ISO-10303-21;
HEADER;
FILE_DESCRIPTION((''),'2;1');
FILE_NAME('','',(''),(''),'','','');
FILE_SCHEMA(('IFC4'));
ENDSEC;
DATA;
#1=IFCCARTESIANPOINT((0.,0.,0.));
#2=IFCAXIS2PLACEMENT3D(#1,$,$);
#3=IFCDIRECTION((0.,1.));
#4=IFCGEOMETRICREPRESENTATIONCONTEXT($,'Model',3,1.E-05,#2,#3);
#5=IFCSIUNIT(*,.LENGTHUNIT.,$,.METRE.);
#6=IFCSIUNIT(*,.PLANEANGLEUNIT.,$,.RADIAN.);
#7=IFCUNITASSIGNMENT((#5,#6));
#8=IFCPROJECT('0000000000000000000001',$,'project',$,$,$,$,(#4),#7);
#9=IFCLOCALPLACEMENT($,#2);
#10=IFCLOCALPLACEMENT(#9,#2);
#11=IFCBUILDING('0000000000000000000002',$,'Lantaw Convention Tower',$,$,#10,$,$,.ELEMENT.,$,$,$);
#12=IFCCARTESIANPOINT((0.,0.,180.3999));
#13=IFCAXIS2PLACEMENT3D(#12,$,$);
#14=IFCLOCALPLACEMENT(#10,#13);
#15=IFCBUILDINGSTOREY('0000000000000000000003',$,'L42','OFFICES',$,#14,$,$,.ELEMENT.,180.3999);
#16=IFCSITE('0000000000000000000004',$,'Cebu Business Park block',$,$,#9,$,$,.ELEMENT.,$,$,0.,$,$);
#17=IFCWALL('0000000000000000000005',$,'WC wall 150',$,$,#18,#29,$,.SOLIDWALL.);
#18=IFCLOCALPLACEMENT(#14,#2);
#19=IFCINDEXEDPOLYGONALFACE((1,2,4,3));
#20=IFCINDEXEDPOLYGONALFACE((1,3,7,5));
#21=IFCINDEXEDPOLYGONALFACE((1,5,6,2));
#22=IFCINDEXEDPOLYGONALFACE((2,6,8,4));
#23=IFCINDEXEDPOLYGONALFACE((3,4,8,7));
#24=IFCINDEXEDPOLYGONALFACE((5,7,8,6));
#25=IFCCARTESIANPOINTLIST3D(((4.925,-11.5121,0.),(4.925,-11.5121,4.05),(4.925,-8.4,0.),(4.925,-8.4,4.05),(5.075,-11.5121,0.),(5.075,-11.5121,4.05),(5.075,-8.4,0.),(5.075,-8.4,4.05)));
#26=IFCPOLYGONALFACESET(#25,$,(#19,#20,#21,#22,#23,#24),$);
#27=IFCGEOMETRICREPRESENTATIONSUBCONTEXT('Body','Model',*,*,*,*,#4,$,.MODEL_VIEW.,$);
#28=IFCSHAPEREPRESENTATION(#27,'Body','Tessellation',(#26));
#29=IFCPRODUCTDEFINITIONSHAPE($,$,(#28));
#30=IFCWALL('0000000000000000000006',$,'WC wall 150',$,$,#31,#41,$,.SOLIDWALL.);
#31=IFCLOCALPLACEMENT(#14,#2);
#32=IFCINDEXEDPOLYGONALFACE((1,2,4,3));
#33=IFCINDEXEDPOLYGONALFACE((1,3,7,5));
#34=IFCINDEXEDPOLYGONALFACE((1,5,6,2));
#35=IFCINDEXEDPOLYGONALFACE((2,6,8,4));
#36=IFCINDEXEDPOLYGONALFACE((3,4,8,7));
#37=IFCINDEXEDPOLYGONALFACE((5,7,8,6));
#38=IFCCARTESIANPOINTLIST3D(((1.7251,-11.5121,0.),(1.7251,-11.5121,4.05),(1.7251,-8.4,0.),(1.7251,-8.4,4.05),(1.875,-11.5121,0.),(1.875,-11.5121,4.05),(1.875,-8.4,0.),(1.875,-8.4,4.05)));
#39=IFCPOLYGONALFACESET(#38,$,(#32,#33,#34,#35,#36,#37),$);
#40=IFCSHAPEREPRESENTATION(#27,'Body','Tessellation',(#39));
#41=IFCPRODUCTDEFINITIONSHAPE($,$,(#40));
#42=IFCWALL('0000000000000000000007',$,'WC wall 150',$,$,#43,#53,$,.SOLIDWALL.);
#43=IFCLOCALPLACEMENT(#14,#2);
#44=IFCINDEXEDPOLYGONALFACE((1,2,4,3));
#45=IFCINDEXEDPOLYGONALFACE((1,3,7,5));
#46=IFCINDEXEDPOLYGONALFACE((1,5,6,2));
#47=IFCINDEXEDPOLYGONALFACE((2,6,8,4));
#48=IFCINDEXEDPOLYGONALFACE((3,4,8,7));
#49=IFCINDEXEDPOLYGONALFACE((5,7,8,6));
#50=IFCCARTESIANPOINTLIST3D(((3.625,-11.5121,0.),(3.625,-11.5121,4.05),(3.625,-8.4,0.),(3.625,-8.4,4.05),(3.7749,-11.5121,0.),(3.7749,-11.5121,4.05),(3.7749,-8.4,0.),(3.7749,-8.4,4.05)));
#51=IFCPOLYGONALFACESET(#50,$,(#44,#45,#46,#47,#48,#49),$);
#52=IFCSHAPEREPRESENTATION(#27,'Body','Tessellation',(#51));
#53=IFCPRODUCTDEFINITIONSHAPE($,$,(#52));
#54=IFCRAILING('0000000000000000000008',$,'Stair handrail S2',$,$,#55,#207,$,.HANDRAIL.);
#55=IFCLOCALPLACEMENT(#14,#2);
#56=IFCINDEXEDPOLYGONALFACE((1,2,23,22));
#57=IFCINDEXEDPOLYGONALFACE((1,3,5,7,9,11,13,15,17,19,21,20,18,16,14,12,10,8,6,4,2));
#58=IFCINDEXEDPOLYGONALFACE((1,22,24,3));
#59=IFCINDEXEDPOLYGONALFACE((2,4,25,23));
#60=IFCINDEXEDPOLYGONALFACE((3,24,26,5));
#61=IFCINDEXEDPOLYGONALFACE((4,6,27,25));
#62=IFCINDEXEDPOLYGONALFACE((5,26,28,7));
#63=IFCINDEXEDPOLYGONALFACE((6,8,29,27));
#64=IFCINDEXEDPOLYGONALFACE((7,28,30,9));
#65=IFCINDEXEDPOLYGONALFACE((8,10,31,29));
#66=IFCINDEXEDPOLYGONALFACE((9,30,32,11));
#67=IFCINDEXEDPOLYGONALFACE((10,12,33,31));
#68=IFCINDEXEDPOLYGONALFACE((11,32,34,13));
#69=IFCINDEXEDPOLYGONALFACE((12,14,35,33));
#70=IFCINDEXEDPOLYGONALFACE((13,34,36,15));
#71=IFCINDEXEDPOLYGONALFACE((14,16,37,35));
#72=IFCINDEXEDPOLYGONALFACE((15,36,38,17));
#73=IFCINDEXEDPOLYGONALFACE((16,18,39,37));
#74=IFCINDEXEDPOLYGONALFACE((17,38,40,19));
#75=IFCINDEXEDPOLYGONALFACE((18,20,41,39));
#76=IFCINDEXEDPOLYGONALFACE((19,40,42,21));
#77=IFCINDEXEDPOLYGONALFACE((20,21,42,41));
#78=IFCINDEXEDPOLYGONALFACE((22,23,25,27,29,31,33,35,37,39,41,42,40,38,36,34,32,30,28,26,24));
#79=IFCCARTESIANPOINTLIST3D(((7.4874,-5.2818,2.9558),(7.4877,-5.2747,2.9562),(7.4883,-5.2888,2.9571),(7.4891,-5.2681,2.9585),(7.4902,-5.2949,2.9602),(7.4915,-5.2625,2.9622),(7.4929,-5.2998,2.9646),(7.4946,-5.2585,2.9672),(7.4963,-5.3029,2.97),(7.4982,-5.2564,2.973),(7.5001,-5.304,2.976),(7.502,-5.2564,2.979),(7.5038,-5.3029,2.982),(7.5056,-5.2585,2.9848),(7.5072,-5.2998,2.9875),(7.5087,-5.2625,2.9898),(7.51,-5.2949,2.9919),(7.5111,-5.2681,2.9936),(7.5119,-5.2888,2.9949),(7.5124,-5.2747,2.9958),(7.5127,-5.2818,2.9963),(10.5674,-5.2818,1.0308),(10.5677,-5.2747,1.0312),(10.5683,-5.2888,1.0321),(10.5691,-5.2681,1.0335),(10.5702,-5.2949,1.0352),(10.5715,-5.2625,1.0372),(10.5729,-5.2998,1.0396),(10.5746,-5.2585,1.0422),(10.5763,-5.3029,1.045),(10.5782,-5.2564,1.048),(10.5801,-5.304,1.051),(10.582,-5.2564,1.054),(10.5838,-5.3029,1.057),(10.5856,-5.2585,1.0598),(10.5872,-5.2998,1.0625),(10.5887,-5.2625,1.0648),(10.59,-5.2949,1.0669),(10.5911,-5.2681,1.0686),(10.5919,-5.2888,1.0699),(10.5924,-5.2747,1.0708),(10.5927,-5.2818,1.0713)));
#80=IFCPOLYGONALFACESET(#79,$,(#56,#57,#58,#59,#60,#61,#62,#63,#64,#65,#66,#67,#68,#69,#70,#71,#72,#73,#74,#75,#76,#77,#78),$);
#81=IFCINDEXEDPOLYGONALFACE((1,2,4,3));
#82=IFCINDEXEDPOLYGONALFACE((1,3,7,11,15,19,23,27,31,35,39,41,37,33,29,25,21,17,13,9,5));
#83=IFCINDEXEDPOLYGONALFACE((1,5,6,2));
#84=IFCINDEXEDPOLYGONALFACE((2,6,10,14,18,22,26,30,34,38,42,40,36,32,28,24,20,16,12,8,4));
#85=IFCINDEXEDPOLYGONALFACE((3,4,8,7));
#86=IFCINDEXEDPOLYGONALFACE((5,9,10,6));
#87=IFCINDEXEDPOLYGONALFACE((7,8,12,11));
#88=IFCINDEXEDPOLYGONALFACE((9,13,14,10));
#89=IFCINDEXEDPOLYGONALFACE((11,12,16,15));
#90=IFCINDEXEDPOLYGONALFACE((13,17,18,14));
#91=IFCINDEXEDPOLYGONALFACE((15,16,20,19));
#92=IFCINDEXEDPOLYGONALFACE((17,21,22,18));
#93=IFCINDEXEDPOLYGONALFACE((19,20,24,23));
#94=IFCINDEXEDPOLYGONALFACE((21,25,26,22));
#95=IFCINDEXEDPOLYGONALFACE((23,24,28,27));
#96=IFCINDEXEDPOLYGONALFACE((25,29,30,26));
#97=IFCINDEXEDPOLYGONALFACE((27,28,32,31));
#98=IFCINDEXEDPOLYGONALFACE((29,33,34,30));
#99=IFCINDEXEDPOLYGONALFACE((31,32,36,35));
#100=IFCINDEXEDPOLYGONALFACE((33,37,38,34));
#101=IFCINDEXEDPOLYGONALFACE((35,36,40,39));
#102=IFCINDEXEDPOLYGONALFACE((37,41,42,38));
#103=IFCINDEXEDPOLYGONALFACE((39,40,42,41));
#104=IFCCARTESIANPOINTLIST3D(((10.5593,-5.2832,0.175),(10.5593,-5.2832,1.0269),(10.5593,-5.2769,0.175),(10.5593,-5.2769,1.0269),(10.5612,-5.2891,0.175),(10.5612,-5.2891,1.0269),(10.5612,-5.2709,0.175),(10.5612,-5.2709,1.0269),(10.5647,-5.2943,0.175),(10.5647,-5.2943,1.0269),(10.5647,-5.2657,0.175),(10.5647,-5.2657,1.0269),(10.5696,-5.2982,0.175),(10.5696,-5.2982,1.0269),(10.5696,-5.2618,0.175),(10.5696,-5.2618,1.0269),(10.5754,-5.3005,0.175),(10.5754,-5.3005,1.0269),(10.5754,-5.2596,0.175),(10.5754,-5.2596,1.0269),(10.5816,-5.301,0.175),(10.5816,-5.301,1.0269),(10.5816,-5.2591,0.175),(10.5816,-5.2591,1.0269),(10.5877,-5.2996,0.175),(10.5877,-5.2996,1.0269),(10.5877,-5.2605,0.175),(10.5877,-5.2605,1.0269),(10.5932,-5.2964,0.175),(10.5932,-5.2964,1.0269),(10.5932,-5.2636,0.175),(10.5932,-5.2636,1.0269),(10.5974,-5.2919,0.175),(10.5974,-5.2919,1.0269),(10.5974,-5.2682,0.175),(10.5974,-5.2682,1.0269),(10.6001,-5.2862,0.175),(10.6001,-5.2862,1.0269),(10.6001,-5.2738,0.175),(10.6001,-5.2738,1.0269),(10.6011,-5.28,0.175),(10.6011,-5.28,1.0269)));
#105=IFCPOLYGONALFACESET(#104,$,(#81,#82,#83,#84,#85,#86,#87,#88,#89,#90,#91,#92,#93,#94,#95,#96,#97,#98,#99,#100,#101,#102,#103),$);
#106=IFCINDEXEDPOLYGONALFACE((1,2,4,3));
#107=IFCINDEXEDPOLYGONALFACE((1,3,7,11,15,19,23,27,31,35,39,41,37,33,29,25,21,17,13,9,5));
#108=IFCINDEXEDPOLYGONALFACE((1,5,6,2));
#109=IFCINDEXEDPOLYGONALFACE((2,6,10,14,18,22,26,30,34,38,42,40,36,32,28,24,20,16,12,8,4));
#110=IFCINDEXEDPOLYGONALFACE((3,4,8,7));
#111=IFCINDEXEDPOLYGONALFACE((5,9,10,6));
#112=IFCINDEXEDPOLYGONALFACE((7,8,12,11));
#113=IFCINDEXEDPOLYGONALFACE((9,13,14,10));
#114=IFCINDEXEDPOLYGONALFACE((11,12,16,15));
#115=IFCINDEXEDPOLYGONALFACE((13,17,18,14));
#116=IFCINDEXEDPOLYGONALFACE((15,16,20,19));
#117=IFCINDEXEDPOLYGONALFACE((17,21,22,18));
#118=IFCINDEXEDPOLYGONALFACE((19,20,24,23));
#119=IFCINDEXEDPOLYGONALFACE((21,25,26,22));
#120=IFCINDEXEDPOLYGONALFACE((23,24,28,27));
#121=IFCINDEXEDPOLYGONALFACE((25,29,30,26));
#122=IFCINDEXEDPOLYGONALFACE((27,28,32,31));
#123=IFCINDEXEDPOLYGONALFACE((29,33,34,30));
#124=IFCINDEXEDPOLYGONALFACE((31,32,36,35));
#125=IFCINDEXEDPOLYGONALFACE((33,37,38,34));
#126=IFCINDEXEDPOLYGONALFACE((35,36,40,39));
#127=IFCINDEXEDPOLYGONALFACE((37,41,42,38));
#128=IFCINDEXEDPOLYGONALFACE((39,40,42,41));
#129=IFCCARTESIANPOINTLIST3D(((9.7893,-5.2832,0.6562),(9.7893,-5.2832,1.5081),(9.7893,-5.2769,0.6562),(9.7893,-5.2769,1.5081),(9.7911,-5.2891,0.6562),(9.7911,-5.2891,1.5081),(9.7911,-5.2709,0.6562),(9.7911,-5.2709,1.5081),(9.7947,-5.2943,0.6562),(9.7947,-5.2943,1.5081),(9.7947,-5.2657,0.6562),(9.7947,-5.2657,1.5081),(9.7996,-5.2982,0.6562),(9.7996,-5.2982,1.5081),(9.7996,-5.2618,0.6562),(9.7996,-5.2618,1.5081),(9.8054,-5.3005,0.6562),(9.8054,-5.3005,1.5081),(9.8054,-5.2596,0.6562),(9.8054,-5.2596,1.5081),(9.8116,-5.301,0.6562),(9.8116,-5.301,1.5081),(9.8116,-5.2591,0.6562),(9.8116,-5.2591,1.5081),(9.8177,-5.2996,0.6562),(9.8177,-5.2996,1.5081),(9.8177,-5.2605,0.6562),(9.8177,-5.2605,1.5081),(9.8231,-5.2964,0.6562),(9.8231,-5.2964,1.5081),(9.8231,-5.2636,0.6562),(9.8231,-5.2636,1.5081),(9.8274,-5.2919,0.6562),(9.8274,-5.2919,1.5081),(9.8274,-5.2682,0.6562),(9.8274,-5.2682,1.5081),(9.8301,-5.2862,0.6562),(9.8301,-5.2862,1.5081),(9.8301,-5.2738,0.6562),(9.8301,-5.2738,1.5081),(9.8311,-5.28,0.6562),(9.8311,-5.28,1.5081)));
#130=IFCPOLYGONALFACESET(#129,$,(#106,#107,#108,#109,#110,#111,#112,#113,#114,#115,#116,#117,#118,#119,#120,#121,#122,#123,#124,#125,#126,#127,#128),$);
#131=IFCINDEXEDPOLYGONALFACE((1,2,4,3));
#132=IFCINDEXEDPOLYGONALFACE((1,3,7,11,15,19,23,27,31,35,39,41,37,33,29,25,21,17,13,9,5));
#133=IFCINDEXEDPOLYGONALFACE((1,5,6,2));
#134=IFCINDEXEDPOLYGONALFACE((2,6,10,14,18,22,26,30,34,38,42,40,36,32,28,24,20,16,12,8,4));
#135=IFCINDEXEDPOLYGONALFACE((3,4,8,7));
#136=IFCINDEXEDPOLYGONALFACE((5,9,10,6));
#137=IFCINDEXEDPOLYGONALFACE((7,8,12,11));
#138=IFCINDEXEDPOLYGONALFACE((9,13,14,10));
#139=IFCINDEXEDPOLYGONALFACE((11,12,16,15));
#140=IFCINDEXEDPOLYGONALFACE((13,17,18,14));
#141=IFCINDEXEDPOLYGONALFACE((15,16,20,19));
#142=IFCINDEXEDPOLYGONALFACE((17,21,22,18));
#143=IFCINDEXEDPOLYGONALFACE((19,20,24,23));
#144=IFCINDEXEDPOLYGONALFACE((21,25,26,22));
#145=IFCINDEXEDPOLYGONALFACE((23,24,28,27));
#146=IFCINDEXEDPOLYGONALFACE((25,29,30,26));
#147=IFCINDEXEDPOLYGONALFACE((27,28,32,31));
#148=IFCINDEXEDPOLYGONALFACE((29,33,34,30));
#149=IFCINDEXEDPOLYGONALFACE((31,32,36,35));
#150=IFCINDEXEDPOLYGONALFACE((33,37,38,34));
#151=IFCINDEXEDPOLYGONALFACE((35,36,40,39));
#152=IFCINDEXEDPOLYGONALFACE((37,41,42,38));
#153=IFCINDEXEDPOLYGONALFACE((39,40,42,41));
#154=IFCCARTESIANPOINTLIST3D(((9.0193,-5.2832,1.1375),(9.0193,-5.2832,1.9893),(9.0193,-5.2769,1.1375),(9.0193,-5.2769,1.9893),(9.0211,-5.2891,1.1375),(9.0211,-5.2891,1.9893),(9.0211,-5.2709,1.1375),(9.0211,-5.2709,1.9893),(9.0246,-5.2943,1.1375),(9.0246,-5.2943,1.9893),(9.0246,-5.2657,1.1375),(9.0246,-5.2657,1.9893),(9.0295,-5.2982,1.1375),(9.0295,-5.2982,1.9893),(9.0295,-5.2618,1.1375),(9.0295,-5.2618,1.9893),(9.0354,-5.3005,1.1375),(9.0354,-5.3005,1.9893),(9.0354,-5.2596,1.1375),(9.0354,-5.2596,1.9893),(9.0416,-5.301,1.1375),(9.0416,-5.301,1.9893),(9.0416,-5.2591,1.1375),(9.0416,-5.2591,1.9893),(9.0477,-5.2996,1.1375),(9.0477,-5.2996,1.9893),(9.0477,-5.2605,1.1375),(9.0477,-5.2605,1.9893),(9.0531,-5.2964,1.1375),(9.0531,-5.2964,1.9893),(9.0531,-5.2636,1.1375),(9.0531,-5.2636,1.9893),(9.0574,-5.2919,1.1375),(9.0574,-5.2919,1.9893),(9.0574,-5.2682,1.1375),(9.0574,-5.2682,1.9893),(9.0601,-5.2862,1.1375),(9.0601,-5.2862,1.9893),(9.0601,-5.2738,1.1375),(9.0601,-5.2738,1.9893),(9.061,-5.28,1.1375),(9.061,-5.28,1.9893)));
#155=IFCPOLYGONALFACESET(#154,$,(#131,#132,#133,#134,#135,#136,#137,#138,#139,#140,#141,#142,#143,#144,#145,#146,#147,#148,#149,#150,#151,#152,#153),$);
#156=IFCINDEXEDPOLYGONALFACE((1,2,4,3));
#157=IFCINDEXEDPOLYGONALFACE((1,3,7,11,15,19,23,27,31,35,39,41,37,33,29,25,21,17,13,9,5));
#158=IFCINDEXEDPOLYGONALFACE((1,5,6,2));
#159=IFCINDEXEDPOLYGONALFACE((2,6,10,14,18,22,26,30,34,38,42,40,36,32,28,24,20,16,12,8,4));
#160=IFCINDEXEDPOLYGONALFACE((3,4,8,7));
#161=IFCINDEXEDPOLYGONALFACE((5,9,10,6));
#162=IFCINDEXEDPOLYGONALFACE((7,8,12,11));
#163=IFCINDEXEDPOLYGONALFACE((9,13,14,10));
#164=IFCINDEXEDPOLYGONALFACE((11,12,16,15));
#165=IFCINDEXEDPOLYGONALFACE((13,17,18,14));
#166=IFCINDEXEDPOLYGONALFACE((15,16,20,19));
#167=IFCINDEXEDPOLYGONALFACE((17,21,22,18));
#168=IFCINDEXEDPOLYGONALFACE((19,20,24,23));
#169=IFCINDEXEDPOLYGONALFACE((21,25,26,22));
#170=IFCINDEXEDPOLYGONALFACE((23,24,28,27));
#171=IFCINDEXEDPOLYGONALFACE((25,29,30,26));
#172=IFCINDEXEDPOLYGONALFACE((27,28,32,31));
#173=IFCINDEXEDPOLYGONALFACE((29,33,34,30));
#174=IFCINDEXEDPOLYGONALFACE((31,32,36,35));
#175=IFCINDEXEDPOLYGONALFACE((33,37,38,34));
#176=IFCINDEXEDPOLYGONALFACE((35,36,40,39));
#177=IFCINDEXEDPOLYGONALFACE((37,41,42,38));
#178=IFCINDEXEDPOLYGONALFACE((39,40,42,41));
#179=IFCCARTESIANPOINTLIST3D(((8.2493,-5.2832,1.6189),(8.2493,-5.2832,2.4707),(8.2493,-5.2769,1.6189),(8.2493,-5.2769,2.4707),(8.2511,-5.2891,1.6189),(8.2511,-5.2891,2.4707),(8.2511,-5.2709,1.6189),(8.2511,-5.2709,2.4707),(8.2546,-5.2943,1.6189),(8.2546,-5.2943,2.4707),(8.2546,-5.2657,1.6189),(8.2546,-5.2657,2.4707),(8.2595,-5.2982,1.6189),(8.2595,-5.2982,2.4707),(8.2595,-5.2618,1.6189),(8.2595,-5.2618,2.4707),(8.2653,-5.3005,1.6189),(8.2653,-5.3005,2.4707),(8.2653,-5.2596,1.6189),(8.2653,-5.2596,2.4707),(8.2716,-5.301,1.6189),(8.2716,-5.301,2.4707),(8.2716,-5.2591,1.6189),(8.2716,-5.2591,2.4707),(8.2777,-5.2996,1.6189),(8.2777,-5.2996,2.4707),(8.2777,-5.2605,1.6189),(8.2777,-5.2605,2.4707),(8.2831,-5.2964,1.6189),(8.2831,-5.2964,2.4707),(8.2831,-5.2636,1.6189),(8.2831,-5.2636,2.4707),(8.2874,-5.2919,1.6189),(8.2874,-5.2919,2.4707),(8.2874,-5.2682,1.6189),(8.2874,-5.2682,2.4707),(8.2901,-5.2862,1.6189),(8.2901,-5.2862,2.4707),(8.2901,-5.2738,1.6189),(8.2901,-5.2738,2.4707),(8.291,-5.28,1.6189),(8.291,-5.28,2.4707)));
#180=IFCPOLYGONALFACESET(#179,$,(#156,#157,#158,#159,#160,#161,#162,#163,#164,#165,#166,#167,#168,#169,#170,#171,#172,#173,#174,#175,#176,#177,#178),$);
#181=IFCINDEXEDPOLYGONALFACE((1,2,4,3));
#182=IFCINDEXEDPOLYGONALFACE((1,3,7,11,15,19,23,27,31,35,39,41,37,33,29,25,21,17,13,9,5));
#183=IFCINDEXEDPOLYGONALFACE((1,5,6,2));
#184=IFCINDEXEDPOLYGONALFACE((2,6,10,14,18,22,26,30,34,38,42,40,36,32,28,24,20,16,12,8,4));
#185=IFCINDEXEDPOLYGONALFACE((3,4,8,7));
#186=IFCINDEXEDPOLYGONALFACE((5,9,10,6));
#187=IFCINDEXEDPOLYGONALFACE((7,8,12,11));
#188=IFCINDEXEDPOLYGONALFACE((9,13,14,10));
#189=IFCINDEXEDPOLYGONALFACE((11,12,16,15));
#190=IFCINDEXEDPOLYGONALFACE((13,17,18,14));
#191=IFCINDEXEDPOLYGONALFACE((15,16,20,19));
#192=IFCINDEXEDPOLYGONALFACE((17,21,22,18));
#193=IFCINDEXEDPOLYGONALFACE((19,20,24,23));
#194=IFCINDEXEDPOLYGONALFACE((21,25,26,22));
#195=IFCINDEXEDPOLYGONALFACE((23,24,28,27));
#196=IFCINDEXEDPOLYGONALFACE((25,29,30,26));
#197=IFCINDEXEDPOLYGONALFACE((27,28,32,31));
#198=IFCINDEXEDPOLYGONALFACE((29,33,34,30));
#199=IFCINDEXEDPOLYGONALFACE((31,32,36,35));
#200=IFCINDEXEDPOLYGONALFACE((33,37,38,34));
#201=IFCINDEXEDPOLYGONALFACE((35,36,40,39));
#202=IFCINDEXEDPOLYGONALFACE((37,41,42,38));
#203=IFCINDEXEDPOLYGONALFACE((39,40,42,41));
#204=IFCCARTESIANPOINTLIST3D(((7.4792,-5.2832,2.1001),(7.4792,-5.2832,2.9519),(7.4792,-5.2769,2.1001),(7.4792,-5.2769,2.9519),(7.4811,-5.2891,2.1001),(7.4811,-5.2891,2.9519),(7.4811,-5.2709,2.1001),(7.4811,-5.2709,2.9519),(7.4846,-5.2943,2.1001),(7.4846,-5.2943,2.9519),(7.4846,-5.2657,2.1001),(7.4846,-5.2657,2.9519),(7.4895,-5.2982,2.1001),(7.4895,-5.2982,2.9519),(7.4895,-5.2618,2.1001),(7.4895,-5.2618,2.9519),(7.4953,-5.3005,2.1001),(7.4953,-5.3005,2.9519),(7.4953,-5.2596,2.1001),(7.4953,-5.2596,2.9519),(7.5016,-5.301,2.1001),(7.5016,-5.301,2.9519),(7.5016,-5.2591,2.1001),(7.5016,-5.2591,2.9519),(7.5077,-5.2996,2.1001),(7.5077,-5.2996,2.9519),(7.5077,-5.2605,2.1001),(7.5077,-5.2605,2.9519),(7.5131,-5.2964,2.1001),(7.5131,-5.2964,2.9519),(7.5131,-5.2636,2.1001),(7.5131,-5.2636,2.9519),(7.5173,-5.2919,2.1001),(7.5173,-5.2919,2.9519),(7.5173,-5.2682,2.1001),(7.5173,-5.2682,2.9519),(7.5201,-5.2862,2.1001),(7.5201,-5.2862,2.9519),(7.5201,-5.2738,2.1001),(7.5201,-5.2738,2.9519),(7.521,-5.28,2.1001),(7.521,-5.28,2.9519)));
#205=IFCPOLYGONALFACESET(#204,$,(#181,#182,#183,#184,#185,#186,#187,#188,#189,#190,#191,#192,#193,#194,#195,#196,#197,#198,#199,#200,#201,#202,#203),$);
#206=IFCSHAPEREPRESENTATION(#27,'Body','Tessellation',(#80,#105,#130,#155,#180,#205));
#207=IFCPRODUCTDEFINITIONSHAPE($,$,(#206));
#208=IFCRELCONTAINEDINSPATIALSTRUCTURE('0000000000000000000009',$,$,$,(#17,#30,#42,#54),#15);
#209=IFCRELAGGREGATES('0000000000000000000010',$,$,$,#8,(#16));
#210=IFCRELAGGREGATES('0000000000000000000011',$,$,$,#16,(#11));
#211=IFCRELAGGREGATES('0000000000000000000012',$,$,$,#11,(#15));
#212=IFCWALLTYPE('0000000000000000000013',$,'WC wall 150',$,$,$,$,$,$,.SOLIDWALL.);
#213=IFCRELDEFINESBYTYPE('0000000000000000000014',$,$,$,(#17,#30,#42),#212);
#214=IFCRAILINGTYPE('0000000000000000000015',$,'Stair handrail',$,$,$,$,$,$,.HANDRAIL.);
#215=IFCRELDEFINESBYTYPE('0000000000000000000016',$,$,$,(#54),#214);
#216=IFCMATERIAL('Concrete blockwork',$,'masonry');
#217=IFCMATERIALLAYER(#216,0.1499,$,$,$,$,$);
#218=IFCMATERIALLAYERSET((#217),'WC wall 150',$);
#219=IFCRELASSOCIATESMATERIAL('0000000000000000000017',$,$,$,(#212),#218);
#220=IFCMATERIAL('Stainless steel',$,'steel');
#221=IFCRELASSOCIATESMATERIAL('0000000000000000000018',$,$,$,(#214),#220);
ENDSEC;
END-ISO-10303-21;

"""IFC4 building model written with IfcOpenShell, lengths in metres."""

from ifc_helpers import new_model, si_unit, direction, frame, frame_2d, origin, origin_2d, place, context, subcontext, project, spatial, rectangle, circle, extrude, material, layer, layer_set, type_object, element, save


model = new_model("IFC4")

# Units and contexts
model_context = context("Model", 3, precision=1e-05, world=origin(), true_north=direction((0.0, 1.0)))
body_context = subcontext(model_context, "Body", "Model", "MODEL_VIEW")
ifc_project = project(units=[si_unit("LENGTHUNIT", "METRE"), si_unit("PLANEANGLEUNIT", "RADIAN")], contexts=[model_context])

# Site, building, storey
site_placement = place(None, origin())
site = spatial("IfcSite", under=ifc_project, at=site_placement, Name="Cebu Business Park block", CompositionType="ELEMENT", RefElevation=0.0)
building_placement = place(site_placement, origin())
building = spatial("IfcBuilding", under=site, at=building_placement, Name="Lantaw Convention Tower", CompositionType="ELEMENT")
storey_placement = place(building_placement, frame((0.0, 0.0, 180.3999)))
storey = spatial("IfcBuildingStorey", under=building, at=storey_placement, Name="L42", Description="OFFICES", CompositionType="ELEMENT", Elevation=180.3999)

# Walls
ifc_material_1 = material(Name="Concrete blockwork", Category="masonry")
ifc_layer_1 = layer(ifc_material_1, 0.1499)
ifc_layer_set_1 = layer_set([ifc_layer_1], Name="WC wall 150")
wall_type_1 = type_object("IfcWallType", Name="WC wall 150", PredefinedType="SOLIDWALL", material=ifc_layer_set_1)
for number, where, z_axis, x_axis, name in (
    (1, (5.0, -8.3999, 0.0), (0.0, 0.0, 1.0), (0.0, -1.0, 0.0), "WC wall 150"),
    (2, (1.8, -8.3999, 0.0), (0.0, 0.0, 1.0), (0.0, -1.0, 0.0), "WC wall 150"),
    (3, (3.7, -8.3999, 0.0), (0.0, 0.0, 1.0), (0.0, -1.0, 0.0), "WC wall 150"),
):
    element("IfcWall", number, at=place(storey_placement, frame(where, z_axis=z_axis, x_axis=x_axis)), inside=storey, type_object=wall_type_1, Name=name, PredefinedType="SOLIDWALL", context=body_context, shape_type="SweptSolid", body=[
        extrude(rectangle(XDim=3.1121, YDim=0.1499, at=frame_2d((1.5562, 0.0))), origin(), (0.0, 0.0, 1.0), 4.05),
    ])

# Railing
ifc_material_2 = material(Name="Stainless steel", Category="steel")
railing_type = type_object("IfcRailingType", Name="Stair handrail", PredefinedType="HANDRAIL", material=ifc_material_2)
railing_1_placement = place(storey_placement, frame((10.5801, -5.28, 0.175)))
element("IfcRailing", 4, at=railing_1_placement, inside=storey, type_object=railing_type, Name="Stair handrail S2", PredefinedType="HANDRAIL", context=body_context, shape_type="SweptSolid", body=[
    extrude(circle(Radius=0.0239, at=origin_2d()), frame((0.0, 0.0, 0.876), z_axis=(-0.847998, 0.0, 0.529999), x_axis=(0.0, -1.0, 0.0)), (0.0, 0.0, 1.0), 3.6321),
    extrude(circle(Radius=0.021, at=origin_2d()), origin(), (0.0, 0.0, 1.0), 0.8518),
    extrude(circle(Radius=0.021, at=origin_2d()), frame((-0.77, 0.0, 0.4812)), (0.0, 0.0, 1.0), 0.8518),
    extrude(circle(Radius=0.021, at=origin_2d()), frame((-1.54, 0.0, 0.9624)), (0.0, 0.0, 1.0), 0.8518),
    extrude(circle(Radius=0.021, at=origin_2d()), frame((-2.3101, 0.0, 1.4438)), (0.0, 0.0, 1.0), 0.8518),
    extrude(circle(Radius=0.021, at=origin_2d()), frame((-3.0801, 0.0, 1.925)), (0.0, 0.0, 1.0), 0.8518),
])

save(model, "model.ifc")
